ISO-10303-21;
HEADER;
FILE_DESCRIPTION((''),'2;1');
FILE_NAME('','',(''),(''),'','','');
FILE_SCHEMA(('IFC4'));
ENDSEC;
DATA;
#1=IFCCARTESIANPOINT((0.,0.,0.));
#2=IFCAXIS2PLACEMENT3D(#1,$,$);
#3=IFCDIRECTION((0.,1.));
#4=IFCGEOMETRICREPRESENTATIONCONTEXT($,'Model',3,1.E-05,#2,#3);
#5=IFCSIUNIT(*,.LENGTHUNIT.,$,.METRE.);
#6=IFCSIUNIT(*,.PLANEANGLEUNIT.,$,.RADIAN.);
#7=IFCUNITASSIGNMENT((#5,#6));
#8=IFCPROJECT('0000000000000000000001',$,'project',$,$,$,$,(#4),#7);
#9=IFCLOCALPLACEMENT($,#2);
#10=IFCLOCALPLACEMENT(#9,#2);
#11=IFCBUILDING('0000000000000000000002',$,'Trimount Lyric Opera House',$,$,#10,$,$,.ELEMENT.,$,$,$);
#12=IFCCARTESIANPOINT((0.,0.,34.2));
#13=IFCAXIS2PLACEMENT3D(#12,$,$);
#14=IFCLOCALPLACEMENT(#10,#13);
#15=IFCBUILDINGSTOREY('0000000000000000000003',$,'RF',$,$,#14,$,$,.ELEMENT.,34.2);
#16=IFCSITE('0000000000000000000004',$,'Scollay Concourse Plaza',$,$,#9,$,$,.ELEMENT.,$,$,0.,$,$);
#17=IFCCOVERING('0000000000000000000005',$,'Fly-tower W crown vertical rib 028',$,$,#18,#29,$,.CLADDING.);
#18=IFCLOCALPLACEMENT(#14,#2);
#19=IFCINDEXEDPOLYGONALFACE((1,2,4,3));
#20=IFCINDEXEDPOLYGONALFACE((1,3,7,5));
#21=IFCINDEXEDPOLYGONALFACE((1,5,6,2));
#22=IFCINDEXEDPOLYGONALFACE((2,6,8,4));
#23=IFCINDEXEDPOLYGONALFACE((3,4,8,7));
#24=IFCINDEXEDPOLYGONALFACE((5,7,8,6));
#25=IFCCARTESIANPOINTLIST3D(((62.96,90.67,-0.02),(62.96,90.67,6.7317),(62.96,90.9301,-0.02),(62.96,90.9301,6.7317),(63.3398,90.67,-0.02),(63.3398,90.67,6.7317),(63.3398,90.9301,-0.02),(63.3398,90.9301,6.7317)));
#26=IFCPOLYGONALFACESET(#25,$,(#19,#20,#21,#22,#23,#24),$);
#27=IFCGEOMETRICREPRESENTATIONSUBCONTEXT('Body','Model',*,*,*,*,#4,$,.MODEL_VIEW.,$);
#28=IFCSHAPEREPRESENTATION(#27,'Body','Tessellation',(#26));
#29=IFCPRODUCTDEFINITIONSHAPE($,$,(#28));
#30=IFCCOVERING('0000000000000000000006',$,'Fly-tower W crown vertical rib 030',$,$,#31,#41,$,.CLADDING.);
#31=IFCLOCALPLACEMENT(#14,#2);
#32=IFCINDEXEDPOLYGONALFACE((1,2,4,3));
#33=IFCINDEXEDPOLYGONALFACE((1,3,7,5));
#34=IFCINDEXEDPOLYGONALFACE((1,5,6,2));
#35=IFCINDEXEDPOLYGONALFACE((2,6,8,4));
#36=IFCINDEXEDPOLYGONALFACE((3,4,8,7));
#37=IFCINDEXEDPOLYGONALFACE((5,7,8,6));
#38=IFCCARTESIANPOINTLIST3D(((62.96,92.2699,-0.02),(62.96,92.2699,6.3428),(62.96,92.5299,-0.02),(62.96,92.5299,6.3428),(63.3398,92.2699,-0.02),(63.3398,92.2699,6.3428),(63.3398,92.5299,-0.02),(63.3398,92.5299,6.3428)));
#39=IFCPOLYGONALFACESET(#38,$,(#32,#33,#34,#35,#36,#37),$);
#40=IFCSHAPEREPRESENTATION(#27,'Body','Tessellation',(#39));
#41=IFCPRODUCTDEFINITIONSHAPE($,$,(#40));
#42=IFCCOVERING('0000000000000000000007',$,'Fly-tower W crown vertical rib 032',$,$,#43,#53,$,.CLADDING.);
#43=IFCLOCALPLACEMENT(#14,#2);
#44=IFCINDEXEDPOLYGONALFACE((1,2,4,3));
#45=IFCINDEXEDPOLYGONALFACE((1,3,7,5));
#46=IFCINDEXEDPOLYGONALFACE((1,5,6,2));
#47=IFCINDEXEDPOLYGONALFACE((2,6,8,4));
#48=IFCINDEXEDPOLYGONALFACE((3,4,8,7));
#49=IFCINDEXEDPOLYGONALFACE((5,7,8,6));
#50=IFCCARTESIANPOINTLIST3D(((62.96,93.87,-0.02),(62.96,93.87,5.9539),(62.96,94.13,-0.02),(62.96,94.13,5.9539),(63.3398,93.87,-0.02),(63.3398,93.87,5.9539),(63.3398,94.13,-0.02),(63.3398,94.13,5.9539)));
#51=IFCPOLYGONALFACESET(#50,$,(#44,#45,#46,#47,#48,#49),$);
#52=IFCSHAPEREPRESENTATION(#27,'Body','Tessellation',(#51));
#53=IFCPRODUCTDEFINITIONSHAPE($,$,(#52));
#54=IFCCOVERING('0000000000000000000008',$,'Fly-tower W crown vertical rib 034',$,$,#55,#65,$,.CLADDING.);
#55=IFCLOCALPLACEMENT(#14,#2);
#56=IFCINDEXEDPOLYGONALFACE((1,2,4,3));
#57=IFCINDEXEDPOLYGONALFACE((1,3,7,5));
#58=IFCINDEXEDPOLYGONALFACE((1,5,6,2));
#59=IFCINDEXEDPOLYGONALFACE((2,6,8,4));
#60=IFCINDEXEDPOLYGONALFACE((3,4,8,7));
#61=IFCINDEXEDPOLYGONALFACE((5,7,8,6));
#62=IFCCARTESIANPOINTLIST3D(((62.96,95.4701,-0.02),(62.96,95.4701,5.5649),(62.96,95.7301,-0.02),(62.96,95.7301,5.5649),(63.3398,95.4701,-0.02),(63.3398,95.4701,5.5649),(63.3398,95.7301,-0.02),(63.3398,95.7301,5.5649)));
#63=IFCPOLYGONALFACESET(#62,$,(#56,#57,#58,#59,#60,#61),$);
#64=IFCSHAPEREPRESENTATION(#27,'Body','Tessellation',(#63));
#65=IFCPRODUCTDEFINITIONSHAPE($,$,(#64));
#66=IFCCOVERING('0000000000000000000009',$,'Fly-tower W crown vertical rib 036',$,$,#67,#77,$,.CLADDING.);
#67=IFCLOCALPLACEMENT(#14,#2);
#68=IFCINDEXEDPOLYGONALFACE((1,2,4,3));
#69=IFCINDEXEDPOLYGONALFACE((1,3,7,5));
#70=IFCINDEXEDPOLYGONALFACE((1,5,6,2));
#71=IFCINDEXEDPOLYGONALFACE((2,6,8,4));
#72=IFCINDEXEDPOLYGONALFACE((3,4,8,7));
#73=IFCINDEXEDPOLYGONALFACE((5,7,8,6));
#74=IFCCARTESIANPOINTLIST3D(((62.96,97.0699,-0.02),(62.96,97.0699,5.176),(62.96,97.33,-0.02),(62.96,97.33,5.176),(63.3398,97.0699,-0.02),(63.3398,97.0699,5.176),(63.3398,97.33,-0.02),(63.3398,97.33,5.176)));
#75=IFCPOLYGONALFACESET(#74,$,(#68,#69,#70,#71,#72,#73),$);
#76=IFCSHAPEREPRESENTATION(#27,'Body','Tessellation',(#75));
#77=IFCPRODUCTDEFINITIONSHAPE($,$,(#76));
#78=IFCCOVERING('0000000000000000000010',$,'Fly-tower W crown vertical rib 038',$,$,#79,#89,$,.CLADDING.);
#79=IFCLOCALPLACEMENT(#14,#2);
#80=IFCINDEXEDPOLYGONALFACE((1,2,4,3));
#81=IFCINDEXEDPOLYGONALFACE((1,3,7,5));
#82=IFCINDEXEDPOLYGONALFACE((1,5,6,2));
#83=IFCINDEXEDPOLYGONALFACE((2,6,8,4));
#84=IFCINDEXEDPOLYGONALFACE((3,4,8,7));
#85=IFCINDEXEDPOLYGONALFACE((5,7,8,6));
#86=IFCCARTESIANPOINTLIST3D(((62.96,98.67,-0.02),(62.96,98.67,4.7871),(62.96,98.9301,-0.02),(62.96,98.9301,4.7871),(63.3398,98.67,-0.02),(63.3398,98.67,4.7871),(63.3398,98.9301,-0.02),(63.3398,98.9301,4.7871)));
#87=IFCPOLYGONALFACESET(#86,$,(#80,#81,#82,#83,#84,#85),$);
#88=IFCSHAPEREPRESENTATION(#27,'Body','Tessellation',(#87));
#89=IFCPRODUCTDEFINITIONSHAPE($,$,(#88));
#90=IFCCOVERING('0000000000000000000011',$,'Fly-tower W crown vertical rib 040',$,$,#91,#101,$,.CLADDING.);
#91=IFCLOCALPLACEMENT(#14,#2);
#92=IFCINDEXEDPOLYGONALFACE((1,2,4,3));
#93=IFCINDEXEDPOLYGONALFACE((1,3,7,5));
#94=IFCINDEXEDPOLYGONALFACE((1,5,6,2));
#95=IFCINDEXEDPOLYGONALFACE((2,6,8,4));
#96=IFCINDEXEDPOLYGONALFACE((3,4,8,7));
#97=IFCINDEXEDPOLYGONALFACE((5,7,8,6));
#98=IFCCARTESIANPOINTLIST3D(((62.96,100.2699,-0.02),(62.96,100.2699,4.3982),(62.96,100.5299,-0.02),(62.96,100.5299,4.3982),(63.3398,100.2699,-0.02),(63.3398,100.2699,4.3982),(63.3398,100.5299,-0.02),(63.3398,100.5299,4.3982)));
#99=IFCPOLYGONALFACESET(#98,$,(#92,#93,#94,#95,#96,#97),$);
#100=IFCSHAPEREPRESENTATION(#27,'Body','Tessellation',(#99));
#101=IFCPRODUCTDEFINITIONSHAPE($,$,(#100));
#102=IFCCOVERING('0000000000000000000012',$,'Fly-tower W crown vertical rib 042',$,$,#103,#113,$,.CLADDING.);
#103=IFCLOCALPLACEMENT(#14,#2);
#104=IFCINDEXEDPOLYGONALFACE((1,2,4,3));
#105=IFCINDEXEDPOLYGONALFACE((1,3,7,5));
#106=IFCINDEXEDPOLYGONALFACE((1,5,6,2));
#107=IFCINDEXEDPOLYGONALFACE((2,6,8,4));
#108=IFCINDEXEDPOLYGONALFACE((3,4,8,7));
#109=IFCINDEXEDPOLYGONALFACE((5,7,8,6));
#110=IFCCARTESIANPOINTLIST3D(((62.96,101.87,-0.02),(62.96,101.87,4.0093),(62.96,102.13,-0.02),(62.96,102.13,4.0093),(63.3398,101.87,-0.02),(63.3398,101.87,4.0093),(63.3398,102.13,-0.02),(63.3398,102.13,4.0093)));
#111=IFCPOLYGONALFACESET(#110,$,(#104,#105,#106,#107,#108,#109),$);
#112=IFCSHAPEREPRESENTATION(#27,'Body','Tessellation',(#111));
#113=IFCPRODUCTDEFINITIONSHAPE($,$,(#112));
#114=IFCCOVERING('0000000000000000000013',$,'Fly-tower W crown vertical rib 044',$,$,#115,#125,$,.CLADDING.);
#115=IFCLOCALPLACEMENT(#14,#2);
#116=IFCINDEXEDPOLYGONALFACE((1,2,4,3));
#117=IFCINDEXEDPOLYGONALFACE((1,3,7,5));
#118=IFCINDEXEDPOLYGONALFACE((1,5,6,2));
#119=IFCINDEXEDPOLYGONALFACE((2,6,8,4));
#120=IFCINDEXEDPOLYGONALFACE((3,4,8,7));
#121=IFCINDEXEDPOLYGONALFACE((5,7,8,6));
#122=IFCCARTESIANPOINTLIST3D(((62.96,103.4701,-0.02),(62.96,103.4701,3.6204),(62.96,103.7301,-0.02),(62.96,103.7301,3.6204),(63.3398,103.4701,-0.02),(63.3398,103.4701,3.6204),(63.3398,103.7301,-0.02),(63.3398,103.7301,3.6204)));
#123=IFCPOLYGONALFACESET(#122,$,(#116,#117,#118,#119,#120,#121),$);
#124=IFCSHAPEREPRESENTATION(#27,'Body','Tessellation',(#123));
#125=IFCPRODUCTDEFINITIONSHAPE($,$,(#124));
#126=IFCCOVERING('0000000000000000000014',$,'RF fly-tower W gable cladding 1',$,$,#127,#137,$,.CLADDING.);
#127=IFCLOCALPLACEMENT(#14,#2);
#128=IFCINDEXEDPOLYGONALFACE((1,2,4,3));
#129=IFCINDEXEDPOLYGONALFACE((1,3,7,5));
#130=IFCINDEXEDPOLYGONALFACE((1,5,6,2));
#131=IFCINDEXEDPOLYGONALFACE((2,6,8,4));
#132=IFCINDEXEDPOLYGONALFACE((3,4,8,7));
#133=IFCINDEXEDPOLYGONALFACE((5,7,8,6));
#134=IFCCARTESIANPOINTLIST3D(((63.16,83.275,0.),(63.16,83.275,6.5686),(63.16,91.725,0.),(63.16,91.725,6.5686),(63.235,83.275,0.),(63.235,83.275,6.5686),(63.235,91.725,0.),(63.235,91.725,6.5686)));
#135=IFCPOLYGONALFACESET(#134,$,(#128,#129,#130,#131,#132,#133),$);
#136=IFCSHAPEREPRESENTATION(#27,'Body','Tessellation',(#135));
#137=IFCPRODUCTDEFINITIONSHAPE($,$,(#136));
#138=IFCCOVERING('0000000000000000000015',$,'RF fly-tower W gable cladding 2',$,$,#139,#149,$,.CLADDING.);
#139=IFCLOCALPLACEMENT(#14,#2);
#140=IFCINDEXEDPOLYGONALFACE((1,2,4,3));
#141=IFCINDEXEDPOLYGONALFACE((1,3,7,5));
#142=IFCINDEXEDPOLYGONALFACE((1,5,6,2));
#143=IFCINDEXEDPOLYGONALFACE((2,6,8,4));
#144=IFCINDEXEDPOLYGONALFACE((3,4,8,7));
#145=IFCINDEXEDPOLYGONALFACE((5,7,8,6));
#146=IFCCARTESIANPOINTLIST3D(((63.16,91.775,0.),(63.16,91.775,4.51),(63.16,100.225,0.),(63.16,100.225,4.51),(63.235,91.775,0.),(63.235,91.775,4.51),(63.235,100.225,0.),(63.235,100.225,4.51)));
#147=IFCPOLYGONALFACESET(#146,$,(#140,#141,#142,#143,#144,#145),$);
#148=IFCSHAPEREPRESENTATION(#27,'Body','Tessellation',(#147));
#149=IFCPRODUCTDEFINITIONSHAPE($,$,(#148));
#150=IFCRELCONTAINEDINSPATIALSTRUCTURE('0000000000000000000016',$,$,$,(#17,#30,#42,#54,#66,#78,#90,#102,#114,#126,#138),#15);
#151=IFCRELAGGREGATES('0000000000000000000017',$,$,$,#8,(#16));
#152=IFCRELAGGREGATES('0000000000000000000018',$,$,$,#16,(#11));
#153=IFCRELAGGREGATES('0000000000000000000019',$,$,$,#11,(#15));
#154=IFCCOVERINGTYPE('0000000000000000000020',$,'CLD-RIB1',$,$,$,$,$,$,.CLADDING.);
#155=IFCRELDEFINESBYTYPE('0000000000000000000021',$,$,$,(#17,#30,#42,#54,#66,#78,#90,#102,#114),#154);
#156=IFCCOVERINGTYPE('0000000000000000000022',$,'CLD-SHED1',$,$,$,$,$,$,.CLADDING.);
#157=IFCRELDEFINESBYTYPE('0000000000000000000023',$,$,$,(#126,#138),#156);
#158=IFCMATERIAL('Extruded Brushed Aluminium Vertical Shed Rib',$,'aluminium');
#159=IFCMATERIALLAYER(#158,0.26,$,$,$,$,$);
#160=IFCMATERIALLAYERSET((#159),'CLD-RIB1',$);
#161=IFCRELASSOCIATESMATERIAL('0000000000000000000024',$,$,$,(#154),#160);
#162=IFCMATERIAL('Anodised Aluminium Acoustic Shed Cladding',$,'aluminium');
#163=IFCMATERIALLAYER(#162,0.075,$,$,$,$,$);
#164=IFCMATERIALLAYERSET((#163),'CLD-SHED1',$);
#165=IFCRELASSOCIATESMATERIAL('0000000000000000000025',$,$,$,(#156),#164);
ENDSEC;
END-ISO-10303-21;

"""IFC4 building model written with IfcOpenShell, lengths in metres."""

from ifc_helpers import new_model, si_unit, direction, frame, origin, origin_2d, place, context, subcontext, project, spatial, rectangle, extrude, material, layer, layer_set, type_object, element, save


model = new_model("IFC4")

# Units and contexts
model_context = context("Model", 3, precision=1e-05, world=origin(), true_north=direction((0.0, 1.0)))
body_context = subcontext(model_context, "Body", "Model", "MODEL_VIEW")
ifc_project = project(units=[si_unit("LENGTHUNIT", "METRE"), si_unit("PLANEANGLEUNIT", "RADIAN")], contexts=[model_context])

# Site, building, storey
site_placement = place(None, origin())
site = spatial("IfcSite", under=ifc_project, at=site_placement, Name="Scollay Concourse Plaza", CompositionType="ELEMENT", RefElevation=0.0)
building_placement = place(site_placement, origin())
building = spatial("IfcBuilding", under=site, at=building_placement, Name="Trimount Lyric Opera House", CompositionType="ELEMENT")
storey_placement = place(building_placement, frame((0.0, 0.0, 34.2)))
storey = spatial("IfcBuildingStorey", under=building, at=storey_placement, Name="RF", CompositionType="ELEMENT", Elevation=34.2)

# Coverings
ifc_material_1 = material(Name="Extruded Brushed Aluminium Vertical Shed Rib", Category="aluminium")
ifc_layer_1 = layer(ifc_material_1, 0.26)
ifc_layer_set_1 = layer_set([ifc_layer_1], Name="CLD-RIB1")
covering_type_1 = type_object("IfcCoveringType", Name="CLD-RIB1", PredefinedType="CLADDING", material=ifc_layer_set_1)
covering_1_placement = place(storey_placement, frame((63.1499, 90.8, -0.02), z_axis=(0.0, 0.0, 1.0), x_axis=(1.0, 0.0, 0.0)))
element("IfcCovering", 1, at=covering_1_placement, inside=storey, type_object=covering_type_1, Name="Fly-tower W crown vertical rib 028", PredefinedType="CLADDING", context=body_context, shape_type="SweptSolid", body=[
    extrude(rectangle(XDim=0.3799, YDim=0.26, at=origin_2d()), origin(), (0.0, 0.0, 1.0), 6.7517),
])
covering_2_placement = place(storey_placement, frame((63.1499, 92.3999, -0.02), z_axis=(0.0, 0.0, 1.0), x_axis=(1.0, 0.0, 0.0)))
element("IfcCovering", 2, at=covering_2_placement, inside=storey, type_object=covering_type_1, Name="Fly-tower W crown vertical rib 030", PredefinedType="CLADDING", context=body_context, shape_type="SweptSolid", body=[
    extrude(rectangle(XDim=0.3799, YDim=0.26, at=origin_2d()), origin(), (0.0, 0.0, 1.0), 6.3628),
])
covering_3_placement = place(storey_placement, frame((63.1499, 94.0, -0.02), z_axis=(0.0, 0.0, 1.0), x_axis=(1.0, 0.0, 0.0)))
element("IfcCovering", 3, at=covering_3_placement, inside=storey, type_object=covering_type_1, Name="Fly-tower W crown vertical rib 032", PredefinedType="CLADDING", context=body_context, shape_type="SweptSolid", body=[
    extrude(rectangle(XDim=0.3799, YDim=0.26, at=origin_2d()), origin(), (0.0, 0.0, 1.0), 5.9739),
])
covering_4_placement = place(storey_placement, frame((63.1499, 95.6001, -0.02), z_axis=(0.0, 0.0, 1.0), x_axis=(1.0, 0.0, 0.0)))
element("IfcCovering", 4, at=covering_4_placement, inside=storey, type_object=covering_type_1, Name="Fly-tower W crown vertical rib 034", PredefinedType="CLADDING", context=body_context, shape_type="SweptSolid", body=[
    extrude(rectangle(XDim=0.3799, YDim=0.26, at=origin_2d()), origin(), (0.0, 0.0, 1.0), 5.585),
])
covering_5_placement = place(storey_placement, frame((63.1499, 97.2, -0.02), z_axis=(0.0, 0.0, 1.0), x_axis=(1.0, 0.0, 0.0)))
element("IfcCovering", 5, at=covering_5_placement, inside=storey, type_object=covering_type_1, Name="Fly-tower W crown vertical rib 036", PredefinedType="CLADDING", context=body_context, shape_type="SweptSolid", body=[
    extrude(rectangle(XDim=0.3799, YDim=0.26, at=origin_2d()), origin(), (0.0, 0.0, 1.0), 5.196),
])
covering_6_placement = place(storey_placement, frame((63.1499, 98.8, -0.02), z_axis=(0.0, 0.0, 1.0), x_axis=(1.0, 0.0, 0.0)))
element("IfcCovering", 6, at=covering_6_placement, inside=storey, type_object=covering_type_1, Name="Fly-tower W crown vertical rib 038", PredefinedType="CLADDING", context=body_context, shape_type="SweptSolid", body=[
    extrude(rectangle(XDim=0.3799, YDim=0.26, at=origin_2d()), origin(), (0.0, 0.0, 1.0), 4.8071),
])
covering_7_placement = place(storey_placement, frame((63.1499, 100.3999, -0.02), z_axis=(0.0, 0.0, 1.0), x_axis=(1.0, 0.0, 0.0)))
element("IfcCovering", 7, at=covering_7_placement, inside=storey, type_object=covering_type_1, Name="Fly-tower W crown vertical rib 040", PredefinedType="CLADDING", context=body_context, shape_type="SweptSolid", body=[
    extrude(rectangle(XDim=0.3799, YDim=0.26, at=origin_2d()), origin(), (0.0, 0.0, 1.0), 4.4182),
])
covering_8_placement = place(storey_placement, frame((63.1499, 102.0, -0.02), z_axis=(0.0, 0.0, 1.0), x_axis=(1.0, 0.0, 0.0)))
element("IfcCovering", 8, at=covering_8_placement, inside=storey, type_object=covering_type_1, Name="Fly-tower W crown vertical rib 042", PredefinedType="CLADDING", context=body_context, shape_type="SweptSolid", body=[
    extrude(rectangle(XDim=0.3799, YDim=0.26, at=origin_2d()), origin(), (0.0, 0.0, 1.0), 4.0293),
])
covering_9_placement = place(storey_placement, frame((63.1499, 103.6001, -0.02), z_axis=(0.0, 0.0, 1.0), x_axis=(1.0, 0.0, 0.0)))
element("IfcCovering", 9, at=covering_9_placement, inside=storey, type_object=covering_type_1, Name="Fly-tower W crown vertical rib 044", PredefinedType="CLADDING", context=body_context, shape_type="SweptSolid", body=[
    extrude(rectangle(XDim=0.3799, YDim=0.26, at=origin_2d()), origin(), (0.0, 0.0, 1.0), 3.6404),
])
ifc_material_2 = material(Name="Anodised Aluminium Acoustic Shed Cladding", Category="aluminium")
ifc_layer_2 = layer(ifc_material_2, 0.075)
ifc_layer_set_2 = layer_set([ifc_layer_2], Name="CLD-SHED1")
covering_type_2 = type_object("IfcCoveringType", Name="CLD-SHED1", PredefinedType="CLADDING", material=ifc_layer_set_2)
covering_10_placement = place(storey_placement, frame((63.1975, 87.5, 0.0), z_axis=(0.0, 0.0, 1.0), x_axis=(1.0, 0.0, 0.0)))
element("IfcCovering", 10, at=covering_10_placement, inside=storey, type_object=covering_type_2, Name="RF fly-tower W gable cladding 1", PredefinedType="CLADDING", context=body_context, shape_type="SweptSolid", body=[
    extrude(rectangle(XDim=0.075, YDim=8.45, at=origin_2d()), origin(), (0.0, 0.0, 1.0), 6.5686),
])
covering_11_placement = place(storey_placement, frame((63.1975, 96.0, 0.0), z_axis=(0.0, 0.0, 1.0), x_axis=(1.0, 0.0, 0.0)))
element("IfcCovering", 11, at=covering_11_placement, inside=storey, type_object=covering_type_2, Name="RF fly-tower W gable cladding 2", PredefinedType="CLADDING", context=body_context, shape_type="SweptSolid", body=[
    extrude(rectangle(XDim=0.075, YDim=8.45, at=origin_2d()), origin(), (0.0, 0.0, 1.0), 4.51),
])

save(model, "model.ifc")
